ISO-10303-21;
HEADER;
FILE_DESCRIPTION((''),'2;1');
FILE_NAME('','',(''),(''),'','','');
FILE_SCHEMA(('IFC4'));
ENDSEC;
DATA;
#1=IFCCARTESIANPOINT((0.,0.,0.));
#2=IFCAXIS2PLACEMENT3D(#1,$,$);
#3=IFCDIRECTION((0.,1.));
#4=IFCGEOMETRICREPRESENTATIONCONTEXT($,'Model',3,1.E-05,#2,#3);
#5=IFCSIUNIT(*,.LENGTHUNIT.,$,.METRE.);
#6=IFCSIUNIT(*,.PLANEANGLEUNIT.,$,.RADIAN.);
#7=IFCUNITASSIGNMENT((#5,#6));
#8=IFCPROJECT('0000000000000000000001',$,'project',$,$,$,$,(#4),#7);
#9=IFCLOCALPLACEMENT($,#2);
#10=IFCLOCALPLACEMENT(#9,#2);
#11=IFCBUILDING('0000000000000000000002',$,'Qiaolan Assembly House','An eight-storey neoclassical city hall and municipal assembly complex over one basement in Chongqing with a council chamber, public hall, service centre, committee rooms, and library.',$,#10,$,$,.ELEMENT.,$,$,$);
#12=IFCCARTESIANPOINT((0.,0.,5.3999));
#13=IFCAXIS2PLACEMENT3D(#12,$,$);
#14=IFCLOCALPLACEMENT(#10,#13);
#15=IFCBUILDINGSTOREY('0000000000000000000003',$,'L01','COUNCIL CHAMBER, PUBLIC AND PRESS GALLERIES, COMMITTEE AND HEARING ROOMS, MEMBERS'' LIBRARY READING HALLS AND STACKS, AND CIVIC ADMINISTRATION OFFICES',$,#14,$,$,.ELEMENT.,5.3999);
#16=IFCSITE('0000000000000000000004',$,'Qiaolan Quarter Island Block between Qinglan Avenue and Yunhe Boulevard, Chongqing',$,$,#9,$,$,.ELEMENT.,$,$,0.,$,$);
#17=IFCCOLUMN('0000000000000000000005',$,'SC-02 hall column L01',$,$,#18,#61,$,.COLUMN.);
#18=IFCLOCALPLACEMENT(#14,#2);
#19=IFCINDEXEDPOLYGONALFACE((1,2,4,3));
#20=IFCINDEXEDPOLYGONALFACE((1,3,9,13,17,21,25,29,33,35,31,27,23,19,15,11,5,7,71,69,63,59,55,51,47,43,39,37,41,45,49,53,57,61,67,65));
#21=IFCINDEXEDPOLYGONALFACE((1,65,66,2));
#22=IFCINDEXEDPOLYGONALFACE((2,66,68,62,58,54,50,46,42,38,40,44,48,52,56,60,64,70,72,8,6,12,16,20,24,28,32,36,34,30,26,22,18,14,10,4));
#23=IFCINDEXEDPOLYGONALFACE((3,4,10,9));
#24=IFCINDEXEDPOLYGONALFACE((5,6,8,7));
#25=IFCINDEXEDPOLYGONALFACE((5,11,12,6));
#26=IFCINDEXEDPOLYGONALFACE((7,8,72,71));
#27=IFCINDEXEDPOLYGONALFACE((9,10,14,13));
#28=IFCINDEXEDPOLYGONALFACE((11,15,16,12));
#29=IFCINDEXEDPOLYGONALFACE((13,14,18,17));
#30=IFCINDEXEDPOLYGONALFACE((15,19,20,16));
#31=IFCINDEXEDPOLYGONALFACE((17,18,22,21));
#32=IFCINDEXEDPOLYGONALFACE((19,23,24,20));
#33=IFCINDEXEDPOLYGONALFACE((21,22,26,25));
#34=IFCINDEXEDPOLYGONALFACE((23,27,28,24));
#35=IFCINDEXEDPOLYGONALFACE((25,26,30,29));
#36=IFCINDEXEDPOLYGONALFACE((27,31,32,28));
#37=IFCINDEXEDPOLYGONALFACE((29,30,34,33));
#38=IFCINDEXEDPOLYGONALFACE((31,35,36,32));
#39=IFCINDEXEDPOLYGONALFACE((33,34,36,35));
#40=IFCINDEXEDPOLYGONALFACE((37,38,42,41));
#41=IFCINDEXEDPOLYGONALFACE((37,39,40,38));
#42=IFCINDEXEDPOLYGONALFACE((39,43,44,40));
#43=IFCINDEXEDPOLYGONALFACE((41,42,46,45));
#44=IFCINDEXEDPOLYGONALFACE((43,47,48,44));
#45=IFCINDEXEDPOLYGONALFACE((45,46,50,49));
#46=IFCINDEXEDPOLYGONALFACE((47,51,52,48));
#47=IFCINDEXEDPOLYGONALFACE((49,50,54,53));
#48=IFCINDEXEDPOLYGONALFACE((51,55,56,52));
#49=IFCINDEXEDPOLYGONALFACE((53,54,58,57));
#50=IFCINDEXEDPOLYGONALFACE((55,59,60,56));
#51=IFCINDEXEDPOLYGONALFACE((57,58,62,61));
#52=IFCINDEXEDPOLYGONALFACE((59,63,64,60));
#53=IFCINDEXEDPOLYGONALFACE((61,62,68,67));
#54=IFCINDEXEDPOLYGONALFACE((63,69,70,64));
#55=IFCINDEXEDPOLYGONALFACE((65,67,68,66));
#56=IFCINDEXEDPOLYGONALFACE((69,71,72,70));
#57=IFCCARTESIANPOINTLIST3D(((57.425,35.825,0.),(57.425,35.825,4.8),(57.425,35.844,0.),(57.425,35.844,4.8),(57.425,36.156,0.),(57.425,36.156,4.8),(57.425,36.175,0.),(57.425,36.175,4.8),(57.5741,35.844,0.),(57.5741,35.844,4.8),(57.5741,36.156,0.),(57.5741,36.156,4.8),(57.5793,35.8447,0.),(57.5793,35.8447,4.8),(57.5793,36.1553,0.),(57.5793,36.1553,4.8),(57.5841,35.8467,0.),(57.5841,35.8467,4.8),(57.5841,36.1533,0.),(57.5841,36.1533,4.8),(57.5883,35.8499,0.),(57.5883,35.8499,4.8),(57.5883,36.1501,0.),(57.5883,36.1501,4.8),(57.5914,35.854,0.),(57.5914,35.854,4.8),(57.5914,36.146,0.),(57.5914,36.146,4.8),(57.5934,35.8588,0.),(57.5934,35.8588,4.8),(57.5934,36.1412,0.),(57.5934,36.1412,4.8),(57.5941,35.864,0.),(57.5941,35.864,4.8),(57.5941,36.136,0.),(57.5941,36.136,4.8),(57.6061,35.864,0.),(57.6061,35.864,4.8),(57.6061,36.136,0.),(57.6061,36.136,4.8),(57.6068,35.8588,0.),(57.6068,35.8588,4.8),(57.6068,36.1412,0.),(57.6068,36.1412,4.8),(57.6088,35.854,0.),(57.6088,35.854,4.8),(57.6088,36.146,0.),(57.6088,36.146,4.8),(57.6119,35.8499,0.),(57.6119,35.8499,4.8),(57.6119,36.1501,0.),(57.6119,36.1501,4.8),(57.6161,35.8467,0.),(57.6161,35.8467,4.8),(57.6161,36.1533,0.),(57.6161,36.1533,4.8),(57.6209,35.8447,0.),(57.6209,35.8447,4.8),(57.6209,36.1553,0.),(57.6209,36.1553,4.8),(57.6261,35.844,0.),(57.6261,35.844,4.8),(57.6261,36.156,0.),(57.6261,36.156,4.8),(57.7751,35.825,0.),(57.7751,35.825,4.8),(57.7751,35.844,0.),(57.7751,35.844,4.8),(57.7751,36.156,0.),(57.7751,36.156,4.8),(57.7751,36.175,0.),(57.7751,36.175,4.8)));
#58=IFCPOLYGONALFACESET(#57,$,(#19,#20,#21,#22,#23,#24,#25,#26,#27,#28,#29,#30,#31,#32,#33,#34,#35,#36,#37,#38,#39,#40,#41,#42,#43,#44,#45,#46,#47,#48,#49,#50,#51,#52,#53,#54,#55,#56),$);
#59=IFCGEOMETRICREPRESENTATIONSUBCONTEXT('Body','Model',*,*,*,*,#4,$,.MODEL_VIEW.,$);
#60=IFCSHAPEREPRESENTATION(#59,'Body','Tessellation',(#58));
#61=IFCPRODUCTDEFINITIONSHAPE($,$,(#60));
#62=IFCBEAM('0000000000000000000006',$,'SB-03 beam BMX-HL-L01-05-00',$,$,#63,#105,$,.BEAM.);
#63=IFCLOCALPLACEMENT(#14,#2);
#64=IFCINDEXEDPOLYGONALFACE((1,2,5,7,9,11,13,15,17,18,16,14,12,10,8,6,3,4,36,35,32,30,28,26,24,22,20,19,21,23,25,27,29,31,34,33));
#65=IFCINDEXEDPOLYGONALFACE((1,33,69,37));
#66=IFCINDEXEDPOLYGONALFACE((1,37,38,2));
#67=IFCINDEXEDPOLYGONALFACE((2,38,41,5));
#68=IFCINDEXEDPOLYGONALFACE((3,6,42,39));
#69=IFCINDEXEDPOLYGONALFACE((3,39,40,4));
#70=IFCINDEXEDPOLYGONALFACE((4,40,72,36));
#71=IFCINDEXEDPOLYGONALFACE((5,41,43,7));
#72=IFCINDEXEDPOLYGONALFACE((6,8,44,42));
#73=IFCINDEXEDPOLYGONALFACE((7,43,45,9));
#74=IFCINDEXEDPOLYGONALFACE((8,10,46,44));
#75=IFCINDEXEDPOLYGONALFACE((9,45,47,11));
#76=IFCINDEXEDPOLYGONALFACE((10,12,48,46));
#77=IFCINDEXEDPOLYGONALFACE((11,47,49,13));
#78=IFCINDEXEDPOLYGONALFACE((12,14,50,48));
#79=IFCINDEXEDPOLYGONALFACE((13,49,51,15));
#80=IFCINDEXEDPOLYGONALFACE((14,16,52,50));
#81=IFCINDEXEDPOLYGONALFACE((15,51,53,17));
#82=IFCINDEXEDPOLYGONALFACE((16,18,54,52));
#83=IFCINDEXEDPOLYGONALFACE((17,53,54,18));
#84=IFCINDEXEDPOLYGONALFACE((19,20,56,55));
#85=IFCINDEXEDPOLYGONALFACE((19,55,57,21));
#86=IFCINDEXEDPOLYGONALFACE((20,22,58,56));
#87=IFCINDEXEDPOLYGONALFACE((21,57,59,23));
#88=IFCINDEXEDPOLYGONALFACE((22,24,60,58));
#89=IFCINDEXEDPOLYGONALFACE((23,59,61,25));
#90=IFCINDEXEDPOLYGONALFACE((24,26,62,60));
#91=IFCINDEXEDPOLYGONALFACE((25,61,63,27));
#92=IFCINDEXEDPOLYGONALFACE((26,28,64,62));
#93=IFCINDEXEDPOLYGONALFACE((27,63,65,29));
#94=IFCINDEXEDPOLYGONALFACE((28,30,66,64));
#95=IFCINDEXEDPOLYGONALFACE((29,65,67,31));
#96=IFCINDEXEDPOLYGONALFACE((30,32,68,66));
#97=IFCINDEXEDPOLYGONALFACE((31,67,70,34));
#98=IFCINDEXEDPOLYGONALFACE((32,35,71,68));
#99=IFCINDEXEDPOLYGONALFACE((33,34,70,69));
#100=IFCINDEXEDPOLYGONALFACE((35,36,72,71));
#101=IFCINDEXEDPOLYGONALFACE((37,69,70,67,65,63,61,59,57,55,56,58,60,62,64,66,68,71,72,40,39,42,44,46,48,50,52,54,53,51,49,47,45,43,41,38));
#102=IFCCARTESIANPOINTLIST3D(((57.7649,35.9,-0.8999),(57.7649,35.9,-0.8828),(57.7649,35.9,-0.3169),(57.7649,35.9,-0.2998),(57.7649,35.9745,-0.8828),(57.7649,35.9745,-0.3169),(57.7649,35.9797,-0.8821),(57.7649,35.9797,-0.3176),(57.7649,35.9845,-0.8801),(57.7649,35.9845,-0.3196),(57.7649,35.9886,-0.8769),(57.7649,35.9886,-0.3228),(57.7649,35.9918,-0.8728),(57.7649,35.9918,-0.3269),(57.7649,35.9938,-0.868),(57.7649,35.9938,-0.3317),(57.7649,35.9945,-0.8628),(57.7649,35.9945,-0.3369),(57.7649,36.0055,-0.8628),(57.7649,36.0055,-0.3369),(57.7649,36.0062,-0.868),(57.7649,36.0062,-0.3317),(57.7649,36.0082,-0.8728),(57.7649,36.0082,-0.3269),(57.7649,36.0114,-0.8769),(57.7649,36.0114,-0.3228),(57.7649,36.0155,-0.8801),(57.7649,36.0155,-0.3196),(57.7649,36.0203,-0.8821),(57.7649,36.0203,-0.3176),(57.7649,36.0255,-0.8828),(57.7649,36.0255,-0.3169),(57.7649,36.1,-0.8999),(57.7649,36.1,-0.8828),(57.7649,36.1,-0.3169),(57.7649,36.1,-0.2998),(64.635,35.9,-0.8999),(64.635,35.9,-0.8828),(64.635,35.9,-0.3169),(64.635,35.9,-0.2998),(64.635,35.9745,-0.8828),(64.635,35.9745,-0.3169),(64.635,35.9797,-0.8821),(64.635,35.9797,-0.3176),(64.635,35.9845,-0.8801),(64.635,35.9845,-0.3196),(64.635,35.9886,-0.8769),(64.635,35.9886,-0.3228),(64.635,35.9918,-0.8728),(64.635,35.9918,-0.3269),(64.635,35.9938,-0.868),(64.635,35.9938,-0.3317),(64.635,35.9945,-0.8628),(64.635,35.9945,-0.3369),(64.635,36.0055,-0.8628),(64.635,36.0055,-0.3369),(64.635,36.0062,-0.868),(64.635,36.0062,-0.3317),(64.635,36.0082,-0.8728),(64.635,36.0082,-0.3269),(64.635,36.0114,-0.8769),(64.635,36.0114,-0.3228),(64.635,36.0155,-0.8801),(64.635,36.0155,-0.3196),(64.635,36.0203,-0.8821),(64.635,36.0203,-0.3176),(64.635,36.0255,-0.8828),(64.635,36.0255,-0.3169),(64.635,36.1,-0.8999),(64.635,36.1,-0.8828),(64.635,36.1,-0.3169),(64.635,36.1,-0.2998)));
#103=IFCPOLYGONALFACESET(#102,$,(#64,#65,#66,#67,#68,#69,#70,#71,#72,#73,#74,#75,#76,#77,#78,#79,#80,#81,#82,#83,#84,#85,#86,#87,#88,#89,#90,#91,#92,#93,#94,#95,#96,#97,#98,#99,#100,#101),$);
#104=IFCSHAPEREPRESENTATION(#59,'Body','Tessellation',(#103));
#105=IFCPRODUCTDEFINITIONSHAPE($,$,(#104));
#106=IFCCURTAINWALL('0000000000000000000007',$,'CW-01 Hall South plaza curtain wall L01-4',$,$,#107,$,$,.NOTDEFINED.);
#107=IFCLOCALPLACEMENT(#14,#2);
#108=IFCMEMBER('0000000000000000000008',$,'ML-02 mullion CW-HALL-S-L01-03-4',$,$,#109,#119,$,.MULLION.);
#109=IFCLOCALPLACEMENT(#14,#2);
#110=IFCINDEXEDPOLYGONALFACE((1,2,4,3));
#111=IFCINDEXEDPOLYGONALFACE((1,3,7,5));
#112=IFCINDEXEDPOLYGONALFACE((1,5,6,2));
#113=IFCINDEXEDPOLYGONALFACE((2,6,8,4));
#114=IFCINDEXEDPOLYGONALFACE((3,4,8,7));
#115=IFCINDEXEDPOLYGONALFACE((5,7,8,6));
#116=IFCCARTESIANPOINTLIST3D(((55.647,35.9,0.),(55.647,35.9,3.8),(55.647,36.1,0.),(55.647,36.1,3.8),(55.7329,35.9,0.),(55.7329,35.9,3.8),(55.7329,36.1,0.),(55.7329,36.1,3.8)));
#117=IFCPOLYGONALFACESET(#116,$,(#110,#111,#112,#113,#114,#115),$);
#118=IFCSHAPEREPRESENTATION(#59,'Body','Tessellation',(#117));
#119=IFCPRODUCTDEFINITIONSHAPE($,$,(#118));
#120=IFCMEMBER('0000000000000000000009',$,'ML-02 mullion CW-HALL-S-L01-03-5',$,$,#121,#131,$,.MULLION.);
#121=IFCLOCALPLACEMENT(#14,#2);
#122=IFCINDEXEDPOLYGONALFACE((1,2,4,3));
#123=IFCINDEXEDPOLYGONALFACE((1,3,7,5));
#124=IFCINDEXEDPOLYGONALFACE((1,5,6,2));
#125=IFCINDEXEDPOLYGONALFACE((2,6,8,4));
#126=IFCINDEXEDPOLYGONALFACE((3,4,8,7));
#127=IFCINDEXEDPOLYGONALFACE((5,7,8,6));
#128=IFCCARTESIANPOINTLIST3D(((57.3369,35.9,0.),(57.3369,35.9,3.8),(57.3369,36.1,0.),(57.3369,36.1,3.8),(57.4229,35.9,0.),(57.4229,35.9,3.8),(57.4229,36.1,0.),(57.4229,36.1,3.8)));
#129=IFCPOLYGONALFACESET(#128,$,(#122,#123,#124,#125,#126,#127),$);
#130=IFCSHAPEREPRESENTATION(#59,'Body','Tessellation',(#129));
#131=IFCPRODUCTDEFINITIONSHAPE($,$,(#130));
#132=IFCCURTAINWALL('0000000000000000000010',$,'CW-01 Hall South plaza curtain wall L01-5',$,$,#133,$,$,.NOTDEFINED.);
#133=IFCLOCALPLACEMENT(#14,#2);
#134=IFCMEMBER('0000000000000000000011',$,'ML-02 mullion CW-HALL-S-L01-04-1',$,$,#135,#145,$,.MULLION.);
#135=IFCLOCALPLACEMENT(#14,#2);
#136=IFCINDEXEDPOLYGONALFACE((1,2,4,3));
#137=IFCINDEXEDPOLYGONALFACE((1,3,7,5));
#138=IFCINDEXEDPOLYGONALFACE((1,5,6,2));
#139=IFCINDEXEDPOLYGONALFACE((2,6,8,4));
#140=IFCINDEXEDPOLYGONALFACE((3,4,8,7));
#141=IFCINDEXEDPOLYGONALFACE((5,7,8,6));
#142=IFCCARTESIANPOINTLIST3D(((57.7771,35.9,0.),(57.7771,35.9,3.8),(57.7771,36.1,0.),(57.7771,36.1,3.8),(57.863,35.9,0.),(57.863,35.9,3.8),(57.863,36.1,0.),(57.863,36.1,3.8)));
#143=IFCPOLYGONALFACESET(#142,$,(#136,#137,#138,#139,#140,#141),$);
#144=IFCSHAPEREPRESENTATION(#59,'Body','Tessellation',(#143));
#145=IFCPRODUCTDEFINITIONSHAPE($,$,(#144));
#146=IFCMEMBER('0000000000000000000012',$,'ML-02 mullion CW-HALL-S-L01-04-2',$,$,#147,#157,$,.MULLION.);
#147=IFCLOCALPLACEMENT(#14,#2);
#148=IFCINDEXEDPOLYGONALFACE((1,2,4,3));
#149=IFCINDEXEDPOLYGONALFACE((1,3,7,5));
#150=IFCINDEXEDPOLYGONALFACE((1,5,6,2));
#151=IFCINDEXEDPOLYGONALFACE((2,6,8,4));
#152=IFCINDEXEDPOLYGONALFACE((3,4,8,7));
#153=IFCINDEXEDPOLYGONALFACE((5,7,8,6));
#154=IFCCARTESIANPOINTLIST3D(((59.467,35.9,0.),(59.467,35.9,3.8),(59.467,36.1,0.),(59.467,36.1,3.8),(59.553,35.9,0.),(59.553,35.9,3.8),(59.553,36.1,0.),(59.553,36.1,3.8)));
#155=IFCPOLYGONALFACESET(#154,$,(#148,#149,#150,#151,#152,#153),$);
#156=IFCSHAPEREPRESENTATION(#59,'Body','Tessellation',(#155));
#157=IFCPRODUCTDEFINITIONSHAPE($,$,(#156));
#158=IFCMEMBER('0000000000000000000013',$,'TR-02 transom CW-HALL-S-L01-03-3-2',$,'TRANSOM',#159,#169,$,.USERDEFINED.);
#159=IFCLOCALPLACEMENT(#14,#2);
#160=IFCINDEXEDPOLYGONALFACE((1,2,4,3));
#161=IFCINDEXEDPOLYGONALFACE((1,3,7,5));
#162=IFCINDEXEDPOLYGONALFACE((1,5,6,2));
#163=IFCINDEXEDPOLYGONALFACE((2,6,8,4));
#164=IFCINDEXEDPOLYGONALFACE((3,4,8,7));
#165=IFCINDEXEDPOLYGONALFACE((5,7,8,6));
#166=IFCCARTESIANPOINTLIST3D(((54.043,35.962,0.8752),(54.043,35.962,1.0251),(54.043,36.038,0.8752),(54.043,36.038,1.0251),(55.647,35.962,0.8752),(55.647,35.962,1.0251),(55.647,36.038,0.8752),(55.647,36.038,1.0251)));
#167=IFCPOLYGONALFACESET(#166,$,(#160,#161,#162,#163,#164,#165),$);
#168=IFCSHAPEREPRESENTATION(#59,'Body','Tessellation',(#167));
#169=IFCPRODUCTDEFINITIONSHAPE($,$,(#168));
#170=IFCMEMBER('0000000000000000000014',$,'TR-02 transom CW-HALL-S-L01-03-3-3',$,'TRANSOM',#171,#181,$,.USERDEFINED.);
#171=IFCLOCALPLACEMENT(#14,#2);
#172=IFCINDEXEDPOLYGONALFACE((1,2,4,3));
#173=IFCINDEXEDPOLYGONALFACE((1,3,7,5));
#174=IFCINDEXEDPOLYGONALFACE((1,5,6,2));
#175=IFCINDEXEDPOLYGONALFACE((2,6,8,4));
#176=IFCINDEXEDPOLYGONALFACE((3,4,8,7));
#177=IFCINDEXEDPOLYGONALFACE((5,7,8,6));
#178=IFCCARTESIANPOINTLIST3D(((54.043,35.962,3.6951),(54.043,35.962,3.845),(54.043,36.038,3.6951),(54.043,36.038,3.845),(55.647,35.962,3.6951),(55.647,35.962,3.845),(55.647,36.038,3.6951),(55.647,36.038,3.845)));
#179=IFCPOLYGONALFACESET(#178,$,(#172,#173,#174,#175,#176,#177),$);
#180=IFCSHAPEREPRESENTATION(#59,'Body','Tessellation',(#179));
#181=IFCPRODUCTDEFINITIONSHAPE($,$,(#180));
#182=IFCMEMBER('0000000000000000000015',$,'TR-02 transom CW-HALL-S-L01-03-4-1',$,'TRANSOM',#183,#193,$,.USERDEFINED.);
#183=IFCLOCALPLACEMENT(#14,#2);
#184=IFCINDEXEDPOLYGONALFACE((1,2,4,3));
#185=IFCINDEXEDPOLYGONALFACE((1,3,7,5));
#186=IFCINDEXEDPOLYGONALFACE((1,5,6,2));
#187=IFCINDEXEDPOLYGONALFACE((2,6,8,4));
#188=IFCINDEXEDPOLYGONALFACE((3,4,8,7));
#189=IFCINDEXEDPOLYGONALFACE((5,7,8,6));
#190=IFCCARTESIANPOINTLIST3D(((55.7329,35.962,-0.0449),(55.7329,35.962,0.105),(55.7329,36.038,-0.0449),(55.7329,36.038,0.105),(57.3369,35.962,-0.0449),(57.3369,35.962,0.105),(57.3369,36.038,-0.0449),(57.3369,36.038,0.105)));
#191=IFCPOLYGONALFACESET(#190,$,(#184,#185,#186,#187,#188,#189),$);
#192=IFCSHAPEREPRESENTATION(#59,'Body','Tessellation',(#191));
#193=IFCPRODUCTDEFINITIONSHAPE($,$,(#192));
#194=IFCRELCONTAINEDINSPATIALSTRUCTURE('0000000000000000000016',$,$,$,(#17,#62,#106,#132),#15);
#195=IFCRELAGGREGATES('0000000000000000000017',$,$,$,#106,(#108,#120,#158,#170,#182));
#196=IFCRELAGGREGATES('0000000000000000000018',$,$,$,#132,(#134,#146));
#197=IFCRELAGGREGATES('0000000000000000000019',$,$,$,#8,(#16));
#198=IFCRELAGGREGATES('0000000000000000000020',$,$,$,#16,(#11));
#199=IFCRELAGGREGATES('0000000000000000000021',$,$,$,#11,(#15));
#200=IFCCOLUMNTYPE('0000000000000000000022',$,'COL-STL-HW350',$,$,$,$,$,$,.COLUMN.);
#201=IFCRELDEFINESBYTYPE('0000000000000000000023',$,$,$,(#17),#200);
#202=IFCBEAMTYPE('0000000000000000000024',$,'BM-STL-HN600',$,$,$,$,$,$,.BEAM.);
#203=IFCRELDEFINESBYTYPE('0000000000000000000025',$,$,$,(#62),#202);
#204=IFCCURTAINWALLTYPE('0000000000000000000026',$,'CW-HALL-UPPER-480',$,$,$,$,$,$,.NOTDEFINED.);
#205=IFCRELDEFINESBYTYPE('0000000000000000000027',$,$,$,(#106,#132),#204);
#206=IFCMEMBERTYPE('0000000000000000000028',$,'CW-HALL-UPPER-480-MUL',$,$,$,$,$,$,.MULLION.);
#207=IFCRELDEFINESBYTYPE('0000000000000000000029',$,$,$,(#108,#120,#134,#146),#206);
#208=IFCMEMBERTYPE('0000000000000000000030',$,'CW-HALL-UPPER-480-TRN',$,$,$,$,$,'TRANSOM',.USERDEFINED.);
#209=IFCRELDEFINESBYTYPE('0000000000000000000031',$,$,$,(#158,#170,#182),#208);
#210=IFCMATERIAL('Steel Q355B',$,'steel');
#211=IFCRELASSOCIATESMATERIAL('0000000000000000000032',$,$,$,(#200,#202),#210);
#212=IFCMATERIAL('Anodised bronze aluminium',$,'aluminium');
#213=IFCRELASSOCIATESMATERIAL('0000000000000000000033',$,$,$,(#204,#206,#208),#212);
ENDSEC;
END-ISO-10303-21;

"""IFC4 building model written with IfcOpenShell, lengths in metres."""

from ifc_helpers import new_model, si_unit, direction, frame, origin, origin_2d, place, context, subcontext, project, spatial, rectangle, i_section, extrude, material, material_profile, profile_set, type_object, element, aggregate, save


model = new_model("IFC4")

# Units and contexts
model_context = context("Model", 3, precision=1e-05, world=origin(), true_north=direction((0.0, 1.0)))
body_context = subcontext(model_context, "Body", "Model", "MODEL_VIEW")
ifc_project = project(units=[si_unit("LENGTHUNIT", "METRE"), si_unit("PLANEANGLEUNIT", "RADIAN")], contexts=[model_context])

# Site, building, storey
site_placement = place(None, origin())
site = spatial("IfcSite", under=ifc_project, at=site_placement, Name="Qiaolan Quarter Island Block between Qinglan Avenue and Yunhe Boulevard, Chongqing", CompositionType="ELEMENT", RefElevation=0.0)
building_placement = place(site_placement, origin())
building = spatial("IfcBuilding", under=site, at=building_placement, Name="Qiaolan Assembly House", Description="An eight-storey neoclassical city hall and municipal assembly complex over one basement in Chongqing with a council chamber, public hall, service centre, committee rooms, and library.", CompositionType="ELEMENT")
storey_placement = place(building_placement, frame((0.0, 0.0, 5.3999)))
storey = spatial("IfcBuildingStorey", under=building, at=storey_placement, Name="L01", Description="COUNCIL CHAMBER, PUBLIC AND PRESS GALLERIES, COMMITTEE AND HEARING ROOMS, MEMBERS' LIBRARY READING HALLS AND STACKS, AND CIVIC ADMINISTRATION OFFICES", CompositionType="ELEMENT", Elevation=5.3999)

# Column
ifc_material_1 = material(Name="Steel Q355B", Category="steel")
ifc_material_profile_1 = material_profile(ifc_material_1, i_section(OverallWidth=0.3501, OverallDepth=0.3501, WebThickness=0.012, FlangeThickness=0.019, FilletRadius=0.02, at=origin_2d()), Name="HW 350x350x12x19")
ifc_profile_set_1 = profile_set([ifc_material_profile_1], Name="Steel Q355B")
column_type = type_object("IfcColumnType", Name="COL-STL-HW350", PredefinedType="COLUMN", material=ifc_profile_set_1)
column_placement = place(storey_placement, frame((57.6001, 36.0, 0.0), z_axis=(0.0, 0.0, 1.0), x_axis=(1.0, 0.0, 0.0)))
element("IfcColumn", 1, at=column_placement, inside=storey, type_object=column_type, Name="SC-02 hall column L01", PredefinedType="COLUMN", context=body_context, shape_type="SweptSolid", body=[
    extrude(i_section(OverallWidth=0.3501, OverallDepth=0.3501, WebThickness=0.012, FlangeThickness=0.019, FilletRadius=0.02, at=origin_2d()), origin(), (0.0, 0.0, 1.0), 4.8),
])

# Beam
ifc_material_profile_2 = material_profile(ifc_material_1, i_section(OverallWidth=0.2, OverallDepth=0.6001, WebThickness=0.011, FlangeThickness=0.0171, FilletRadius=0.02, at=origin_2d()), Name="HN 600x200x11x17")
ifc_profile_set_2 = profile_set([ifc_material_profile_2], Name="Steel Q355B")
beam_type = type_object("IfcBeamType", Name="BM-STL-HN600", PredefinedType="BEAM", material=ifc_profile_set_2)
beam_placement = place(storey_placement, frame((57.7649, 36.0, -0.5999), z_axis=(1.0, 0.0, 0.0), x_axis=(0.0, 1.0, 0.0)))
element("IfcBeam", 2, at=beam_placement, inside=storey, type_object=beam_type, Name="SB-03 beam BMX-HL-L01-05-00", PredefinedType="BEAM", context=body_context, shape_type="SweptSolid", body=[
    extrude(i_section(OverallWidth=0.2, OverallDepth=0.6001, WebThickness=0.011, FlangeThickness=0.0171, FilletRadius=0.02, at=origin_2d()), origin(), (0.0, 0.0, 1.0), 6.8701),
])

# Curtain walls, members
ifc_material_2 = material(Name="Anodised bronze aluminium", Category="aluminium")
curtain_wall_type = type_object("IfcCurtainWallType", Name="CW-HALL-UPPER-480", PredefinedType="NOTDEFINED", material=ifc_material_2)
curtain_wall_1_placement = place(storey_placement, origin())
curtain_wall_1 = element("IfcCurtainWall", 3, at=curtain_wall_1_placement, inside=storey, type_object=curtain_wall_type, Name="CW-01 Hall South plaza curtain wall L01-4", PredefinedType="NOTDEFINED")
ifc_material_profile_3 = material_profile(ifc_material_2, rectangle(XDim=0.0859, YDim=0.2, at=origin_2d()), Name="MUL 86x200")
ifc_profile_set_3 = profile_set([ifc_material_profile_3], Name="Anodised bronze aluminium")
member_type_1 = type_object("IfcMemberType", Name="CW-HALL-UPPER-480-MUL", PredefinedType="MULLION", material=ifc_profile_set_3)
member_1_placement = place(storey_placement, frame((55.6899, 36.0, 0.0), z_axis=(0.0, 0.0, 1.0), x_axis=(1.0, 0.0, 0.0)))
member_1 = element("IfcMember", 4, at=member_1_placement, type_object=member_type_1, Name="ML-02 mullion CW-HALL-S-L01-03-4", PredefinedType="MULLION", context=body_context, shape_type="SweptSolid", body=[
    extrude(rectangle(XDim=0.0859, YDim=0.2, at=origin_2d()), origin(), (0.0, 0.0, 1.0), 3.8),
])
member_2_placement = place(storey_placement, frame((57.3799, 36.0, 0.0), z_axis=(0.0, 0.0, 1.0), x_axis=(1.0, 0.0, 0.0)))
member_2 = element("IfcMember", 5, at=member_2_placement, type_object=member_type_1, Name="ML-02 mullion CW-HALL-S-L01-03-5", PredefinedType="MULLION", context=body_context, shape_type="SweptSolid", body=[
    extrude(rectangle(XDim=0.0859, YDim=0.2, at=origin_2d()), origin(), (0.0, 0.0, 1.0), 3.8),
])
curtain_wall_2_placement = place(storey_placement, origin())
curtain_wall_2 = element("IfcCurtainWall", 6, at=curtain_wall_2_placement, inside=storey, type_object=curtain_wall_type, Name="CW-01 Hall South plaza curtain wall L01-5", PredefinedType="NOTDEFINED")
member_3_placement = place(storey_placement, frame((57.8201, 36.0, 0.0), z_axis=(0.0, 0.0, 1.0), x_axis=(1.0, 0.0, 0.0)))
member_3 = element("IfcMember", 7, at=member_3_placement, type_object=member_type_1, Name="ML-02 mullion CW-HALL-S-L01-04-1", PredefinedType="MULLION", context=body_context, shape_type="SweptSolid", body=[
    extrude(rectangle(XDim=0.0859, YDim=0.2, at=origin_2d()), origin(), (0.0, 0.0, 1.0), 3.8),
])
member_4_placement = place(storey_placement, frame((59.51, 36.0, 0.0), z_axis=(0.0, 0.0, 1.0), x_axis=(1.0, 0.0, 0.0)))
member_4 = element("IfcMember", 8, at=member_4_placement, type_object=member_type_1, Name="ML-02 mullion CW-HALL-S-L01-04-2", PredefinedType="MULLION", context=body_context, shape_type="SweptSolid", body=[
    extrude(rectangle(XDim=0.0859, YDim=0.2, at=origin_2d()), origin(), (0.0, 0.0, 1.0), 3.8),
])

# Members
ifc_material_profile_4 = material_profile(ifc_material_2, rectangle(XDim=0.0759, YDim=0.1499, at=origin_2d()), Name="TRN 76x150")
ifc_profile_set_4 = profile_set([ifc_material_profile_4], Name="Anodised bronze aluminium")
member_type_2 = type_object("IfcMemberType", Name="CW-HALL-UPPER-480-TRN", ElementType="TRANSOM", PredefinedType="USERDEFINED", material=ifc_profile_set_4)
member_5_placement = place(storey_placement, frame((54.043, 36.0, 0.9502), z_axis=(1.0, 0.0, 0.0), x_axis=(0.0, 1.0, 0.0)))
member_5 = element("IfcMember", 9, at=member_5_placement, type_object=member_type_2, Name="TR-02 transom CW-HALL-S-L01-03-3-2", ObjectType="TRANSOM", PredefinedType="USERDEFINED", context=body_context, shape_type="SweptSolid", body=[
    extrude(rectangle(XDim=0.0759, YDim=0.1499, at=origin_2d()), origin(), (0.0, 0.0, 1.0), 1.604),
])
member_6_placement = place(storey_placement, frame((54.043, 36.0, 3.77), z_axis=(1.0, 0.0, 0.0), x_axis=(0.0, 1.0, 0.0)))
member_6 = element("IfcMember", 10, at=member_6_placement, type_object=member_type_2, Name="TR-02 transom CW-HALL-S-L01-03-3-3", ObjectType="TRANSOM", PredefinedType="USERDEFINED", context=body_context, shape_type="SweptSolid", body=[
    extrude(rectangle(XDim=0.0759, YDim=0.1499, at=origin_2d()), origin(), (0.0, 0.0, 1.0), 1.604),
])
member_7_placement = place(storey_placement, frame((55.7329, 36.0, 0.03), z_axis=(1.0, 0.0, 0.0), x_axis=(0.0, 1.0, 0.0)))
member_7 = element("IfcMember", 11, at=member_7_placement, type_object=member_type_2, Name="TR-02 transom CW-HALL-S-L01-03-4-1", ObjectType="TRANSOM", PredefinedType="USERDEFINED", context=body_context, shape_type="SweptSolid", body=[
    extrude(rectangle(XDim=0.0759, YDim=0.1499, at=origin_2d()), origin(), (0.0, 0.0, 1.0), 1.604),
])

aggregate(curtain_wall_1, [member_1, member_2, member_5, member_6, member_7])
aggregate(curtain_wall_2, [member_3, member_4])

save(model, "model.ifc")
